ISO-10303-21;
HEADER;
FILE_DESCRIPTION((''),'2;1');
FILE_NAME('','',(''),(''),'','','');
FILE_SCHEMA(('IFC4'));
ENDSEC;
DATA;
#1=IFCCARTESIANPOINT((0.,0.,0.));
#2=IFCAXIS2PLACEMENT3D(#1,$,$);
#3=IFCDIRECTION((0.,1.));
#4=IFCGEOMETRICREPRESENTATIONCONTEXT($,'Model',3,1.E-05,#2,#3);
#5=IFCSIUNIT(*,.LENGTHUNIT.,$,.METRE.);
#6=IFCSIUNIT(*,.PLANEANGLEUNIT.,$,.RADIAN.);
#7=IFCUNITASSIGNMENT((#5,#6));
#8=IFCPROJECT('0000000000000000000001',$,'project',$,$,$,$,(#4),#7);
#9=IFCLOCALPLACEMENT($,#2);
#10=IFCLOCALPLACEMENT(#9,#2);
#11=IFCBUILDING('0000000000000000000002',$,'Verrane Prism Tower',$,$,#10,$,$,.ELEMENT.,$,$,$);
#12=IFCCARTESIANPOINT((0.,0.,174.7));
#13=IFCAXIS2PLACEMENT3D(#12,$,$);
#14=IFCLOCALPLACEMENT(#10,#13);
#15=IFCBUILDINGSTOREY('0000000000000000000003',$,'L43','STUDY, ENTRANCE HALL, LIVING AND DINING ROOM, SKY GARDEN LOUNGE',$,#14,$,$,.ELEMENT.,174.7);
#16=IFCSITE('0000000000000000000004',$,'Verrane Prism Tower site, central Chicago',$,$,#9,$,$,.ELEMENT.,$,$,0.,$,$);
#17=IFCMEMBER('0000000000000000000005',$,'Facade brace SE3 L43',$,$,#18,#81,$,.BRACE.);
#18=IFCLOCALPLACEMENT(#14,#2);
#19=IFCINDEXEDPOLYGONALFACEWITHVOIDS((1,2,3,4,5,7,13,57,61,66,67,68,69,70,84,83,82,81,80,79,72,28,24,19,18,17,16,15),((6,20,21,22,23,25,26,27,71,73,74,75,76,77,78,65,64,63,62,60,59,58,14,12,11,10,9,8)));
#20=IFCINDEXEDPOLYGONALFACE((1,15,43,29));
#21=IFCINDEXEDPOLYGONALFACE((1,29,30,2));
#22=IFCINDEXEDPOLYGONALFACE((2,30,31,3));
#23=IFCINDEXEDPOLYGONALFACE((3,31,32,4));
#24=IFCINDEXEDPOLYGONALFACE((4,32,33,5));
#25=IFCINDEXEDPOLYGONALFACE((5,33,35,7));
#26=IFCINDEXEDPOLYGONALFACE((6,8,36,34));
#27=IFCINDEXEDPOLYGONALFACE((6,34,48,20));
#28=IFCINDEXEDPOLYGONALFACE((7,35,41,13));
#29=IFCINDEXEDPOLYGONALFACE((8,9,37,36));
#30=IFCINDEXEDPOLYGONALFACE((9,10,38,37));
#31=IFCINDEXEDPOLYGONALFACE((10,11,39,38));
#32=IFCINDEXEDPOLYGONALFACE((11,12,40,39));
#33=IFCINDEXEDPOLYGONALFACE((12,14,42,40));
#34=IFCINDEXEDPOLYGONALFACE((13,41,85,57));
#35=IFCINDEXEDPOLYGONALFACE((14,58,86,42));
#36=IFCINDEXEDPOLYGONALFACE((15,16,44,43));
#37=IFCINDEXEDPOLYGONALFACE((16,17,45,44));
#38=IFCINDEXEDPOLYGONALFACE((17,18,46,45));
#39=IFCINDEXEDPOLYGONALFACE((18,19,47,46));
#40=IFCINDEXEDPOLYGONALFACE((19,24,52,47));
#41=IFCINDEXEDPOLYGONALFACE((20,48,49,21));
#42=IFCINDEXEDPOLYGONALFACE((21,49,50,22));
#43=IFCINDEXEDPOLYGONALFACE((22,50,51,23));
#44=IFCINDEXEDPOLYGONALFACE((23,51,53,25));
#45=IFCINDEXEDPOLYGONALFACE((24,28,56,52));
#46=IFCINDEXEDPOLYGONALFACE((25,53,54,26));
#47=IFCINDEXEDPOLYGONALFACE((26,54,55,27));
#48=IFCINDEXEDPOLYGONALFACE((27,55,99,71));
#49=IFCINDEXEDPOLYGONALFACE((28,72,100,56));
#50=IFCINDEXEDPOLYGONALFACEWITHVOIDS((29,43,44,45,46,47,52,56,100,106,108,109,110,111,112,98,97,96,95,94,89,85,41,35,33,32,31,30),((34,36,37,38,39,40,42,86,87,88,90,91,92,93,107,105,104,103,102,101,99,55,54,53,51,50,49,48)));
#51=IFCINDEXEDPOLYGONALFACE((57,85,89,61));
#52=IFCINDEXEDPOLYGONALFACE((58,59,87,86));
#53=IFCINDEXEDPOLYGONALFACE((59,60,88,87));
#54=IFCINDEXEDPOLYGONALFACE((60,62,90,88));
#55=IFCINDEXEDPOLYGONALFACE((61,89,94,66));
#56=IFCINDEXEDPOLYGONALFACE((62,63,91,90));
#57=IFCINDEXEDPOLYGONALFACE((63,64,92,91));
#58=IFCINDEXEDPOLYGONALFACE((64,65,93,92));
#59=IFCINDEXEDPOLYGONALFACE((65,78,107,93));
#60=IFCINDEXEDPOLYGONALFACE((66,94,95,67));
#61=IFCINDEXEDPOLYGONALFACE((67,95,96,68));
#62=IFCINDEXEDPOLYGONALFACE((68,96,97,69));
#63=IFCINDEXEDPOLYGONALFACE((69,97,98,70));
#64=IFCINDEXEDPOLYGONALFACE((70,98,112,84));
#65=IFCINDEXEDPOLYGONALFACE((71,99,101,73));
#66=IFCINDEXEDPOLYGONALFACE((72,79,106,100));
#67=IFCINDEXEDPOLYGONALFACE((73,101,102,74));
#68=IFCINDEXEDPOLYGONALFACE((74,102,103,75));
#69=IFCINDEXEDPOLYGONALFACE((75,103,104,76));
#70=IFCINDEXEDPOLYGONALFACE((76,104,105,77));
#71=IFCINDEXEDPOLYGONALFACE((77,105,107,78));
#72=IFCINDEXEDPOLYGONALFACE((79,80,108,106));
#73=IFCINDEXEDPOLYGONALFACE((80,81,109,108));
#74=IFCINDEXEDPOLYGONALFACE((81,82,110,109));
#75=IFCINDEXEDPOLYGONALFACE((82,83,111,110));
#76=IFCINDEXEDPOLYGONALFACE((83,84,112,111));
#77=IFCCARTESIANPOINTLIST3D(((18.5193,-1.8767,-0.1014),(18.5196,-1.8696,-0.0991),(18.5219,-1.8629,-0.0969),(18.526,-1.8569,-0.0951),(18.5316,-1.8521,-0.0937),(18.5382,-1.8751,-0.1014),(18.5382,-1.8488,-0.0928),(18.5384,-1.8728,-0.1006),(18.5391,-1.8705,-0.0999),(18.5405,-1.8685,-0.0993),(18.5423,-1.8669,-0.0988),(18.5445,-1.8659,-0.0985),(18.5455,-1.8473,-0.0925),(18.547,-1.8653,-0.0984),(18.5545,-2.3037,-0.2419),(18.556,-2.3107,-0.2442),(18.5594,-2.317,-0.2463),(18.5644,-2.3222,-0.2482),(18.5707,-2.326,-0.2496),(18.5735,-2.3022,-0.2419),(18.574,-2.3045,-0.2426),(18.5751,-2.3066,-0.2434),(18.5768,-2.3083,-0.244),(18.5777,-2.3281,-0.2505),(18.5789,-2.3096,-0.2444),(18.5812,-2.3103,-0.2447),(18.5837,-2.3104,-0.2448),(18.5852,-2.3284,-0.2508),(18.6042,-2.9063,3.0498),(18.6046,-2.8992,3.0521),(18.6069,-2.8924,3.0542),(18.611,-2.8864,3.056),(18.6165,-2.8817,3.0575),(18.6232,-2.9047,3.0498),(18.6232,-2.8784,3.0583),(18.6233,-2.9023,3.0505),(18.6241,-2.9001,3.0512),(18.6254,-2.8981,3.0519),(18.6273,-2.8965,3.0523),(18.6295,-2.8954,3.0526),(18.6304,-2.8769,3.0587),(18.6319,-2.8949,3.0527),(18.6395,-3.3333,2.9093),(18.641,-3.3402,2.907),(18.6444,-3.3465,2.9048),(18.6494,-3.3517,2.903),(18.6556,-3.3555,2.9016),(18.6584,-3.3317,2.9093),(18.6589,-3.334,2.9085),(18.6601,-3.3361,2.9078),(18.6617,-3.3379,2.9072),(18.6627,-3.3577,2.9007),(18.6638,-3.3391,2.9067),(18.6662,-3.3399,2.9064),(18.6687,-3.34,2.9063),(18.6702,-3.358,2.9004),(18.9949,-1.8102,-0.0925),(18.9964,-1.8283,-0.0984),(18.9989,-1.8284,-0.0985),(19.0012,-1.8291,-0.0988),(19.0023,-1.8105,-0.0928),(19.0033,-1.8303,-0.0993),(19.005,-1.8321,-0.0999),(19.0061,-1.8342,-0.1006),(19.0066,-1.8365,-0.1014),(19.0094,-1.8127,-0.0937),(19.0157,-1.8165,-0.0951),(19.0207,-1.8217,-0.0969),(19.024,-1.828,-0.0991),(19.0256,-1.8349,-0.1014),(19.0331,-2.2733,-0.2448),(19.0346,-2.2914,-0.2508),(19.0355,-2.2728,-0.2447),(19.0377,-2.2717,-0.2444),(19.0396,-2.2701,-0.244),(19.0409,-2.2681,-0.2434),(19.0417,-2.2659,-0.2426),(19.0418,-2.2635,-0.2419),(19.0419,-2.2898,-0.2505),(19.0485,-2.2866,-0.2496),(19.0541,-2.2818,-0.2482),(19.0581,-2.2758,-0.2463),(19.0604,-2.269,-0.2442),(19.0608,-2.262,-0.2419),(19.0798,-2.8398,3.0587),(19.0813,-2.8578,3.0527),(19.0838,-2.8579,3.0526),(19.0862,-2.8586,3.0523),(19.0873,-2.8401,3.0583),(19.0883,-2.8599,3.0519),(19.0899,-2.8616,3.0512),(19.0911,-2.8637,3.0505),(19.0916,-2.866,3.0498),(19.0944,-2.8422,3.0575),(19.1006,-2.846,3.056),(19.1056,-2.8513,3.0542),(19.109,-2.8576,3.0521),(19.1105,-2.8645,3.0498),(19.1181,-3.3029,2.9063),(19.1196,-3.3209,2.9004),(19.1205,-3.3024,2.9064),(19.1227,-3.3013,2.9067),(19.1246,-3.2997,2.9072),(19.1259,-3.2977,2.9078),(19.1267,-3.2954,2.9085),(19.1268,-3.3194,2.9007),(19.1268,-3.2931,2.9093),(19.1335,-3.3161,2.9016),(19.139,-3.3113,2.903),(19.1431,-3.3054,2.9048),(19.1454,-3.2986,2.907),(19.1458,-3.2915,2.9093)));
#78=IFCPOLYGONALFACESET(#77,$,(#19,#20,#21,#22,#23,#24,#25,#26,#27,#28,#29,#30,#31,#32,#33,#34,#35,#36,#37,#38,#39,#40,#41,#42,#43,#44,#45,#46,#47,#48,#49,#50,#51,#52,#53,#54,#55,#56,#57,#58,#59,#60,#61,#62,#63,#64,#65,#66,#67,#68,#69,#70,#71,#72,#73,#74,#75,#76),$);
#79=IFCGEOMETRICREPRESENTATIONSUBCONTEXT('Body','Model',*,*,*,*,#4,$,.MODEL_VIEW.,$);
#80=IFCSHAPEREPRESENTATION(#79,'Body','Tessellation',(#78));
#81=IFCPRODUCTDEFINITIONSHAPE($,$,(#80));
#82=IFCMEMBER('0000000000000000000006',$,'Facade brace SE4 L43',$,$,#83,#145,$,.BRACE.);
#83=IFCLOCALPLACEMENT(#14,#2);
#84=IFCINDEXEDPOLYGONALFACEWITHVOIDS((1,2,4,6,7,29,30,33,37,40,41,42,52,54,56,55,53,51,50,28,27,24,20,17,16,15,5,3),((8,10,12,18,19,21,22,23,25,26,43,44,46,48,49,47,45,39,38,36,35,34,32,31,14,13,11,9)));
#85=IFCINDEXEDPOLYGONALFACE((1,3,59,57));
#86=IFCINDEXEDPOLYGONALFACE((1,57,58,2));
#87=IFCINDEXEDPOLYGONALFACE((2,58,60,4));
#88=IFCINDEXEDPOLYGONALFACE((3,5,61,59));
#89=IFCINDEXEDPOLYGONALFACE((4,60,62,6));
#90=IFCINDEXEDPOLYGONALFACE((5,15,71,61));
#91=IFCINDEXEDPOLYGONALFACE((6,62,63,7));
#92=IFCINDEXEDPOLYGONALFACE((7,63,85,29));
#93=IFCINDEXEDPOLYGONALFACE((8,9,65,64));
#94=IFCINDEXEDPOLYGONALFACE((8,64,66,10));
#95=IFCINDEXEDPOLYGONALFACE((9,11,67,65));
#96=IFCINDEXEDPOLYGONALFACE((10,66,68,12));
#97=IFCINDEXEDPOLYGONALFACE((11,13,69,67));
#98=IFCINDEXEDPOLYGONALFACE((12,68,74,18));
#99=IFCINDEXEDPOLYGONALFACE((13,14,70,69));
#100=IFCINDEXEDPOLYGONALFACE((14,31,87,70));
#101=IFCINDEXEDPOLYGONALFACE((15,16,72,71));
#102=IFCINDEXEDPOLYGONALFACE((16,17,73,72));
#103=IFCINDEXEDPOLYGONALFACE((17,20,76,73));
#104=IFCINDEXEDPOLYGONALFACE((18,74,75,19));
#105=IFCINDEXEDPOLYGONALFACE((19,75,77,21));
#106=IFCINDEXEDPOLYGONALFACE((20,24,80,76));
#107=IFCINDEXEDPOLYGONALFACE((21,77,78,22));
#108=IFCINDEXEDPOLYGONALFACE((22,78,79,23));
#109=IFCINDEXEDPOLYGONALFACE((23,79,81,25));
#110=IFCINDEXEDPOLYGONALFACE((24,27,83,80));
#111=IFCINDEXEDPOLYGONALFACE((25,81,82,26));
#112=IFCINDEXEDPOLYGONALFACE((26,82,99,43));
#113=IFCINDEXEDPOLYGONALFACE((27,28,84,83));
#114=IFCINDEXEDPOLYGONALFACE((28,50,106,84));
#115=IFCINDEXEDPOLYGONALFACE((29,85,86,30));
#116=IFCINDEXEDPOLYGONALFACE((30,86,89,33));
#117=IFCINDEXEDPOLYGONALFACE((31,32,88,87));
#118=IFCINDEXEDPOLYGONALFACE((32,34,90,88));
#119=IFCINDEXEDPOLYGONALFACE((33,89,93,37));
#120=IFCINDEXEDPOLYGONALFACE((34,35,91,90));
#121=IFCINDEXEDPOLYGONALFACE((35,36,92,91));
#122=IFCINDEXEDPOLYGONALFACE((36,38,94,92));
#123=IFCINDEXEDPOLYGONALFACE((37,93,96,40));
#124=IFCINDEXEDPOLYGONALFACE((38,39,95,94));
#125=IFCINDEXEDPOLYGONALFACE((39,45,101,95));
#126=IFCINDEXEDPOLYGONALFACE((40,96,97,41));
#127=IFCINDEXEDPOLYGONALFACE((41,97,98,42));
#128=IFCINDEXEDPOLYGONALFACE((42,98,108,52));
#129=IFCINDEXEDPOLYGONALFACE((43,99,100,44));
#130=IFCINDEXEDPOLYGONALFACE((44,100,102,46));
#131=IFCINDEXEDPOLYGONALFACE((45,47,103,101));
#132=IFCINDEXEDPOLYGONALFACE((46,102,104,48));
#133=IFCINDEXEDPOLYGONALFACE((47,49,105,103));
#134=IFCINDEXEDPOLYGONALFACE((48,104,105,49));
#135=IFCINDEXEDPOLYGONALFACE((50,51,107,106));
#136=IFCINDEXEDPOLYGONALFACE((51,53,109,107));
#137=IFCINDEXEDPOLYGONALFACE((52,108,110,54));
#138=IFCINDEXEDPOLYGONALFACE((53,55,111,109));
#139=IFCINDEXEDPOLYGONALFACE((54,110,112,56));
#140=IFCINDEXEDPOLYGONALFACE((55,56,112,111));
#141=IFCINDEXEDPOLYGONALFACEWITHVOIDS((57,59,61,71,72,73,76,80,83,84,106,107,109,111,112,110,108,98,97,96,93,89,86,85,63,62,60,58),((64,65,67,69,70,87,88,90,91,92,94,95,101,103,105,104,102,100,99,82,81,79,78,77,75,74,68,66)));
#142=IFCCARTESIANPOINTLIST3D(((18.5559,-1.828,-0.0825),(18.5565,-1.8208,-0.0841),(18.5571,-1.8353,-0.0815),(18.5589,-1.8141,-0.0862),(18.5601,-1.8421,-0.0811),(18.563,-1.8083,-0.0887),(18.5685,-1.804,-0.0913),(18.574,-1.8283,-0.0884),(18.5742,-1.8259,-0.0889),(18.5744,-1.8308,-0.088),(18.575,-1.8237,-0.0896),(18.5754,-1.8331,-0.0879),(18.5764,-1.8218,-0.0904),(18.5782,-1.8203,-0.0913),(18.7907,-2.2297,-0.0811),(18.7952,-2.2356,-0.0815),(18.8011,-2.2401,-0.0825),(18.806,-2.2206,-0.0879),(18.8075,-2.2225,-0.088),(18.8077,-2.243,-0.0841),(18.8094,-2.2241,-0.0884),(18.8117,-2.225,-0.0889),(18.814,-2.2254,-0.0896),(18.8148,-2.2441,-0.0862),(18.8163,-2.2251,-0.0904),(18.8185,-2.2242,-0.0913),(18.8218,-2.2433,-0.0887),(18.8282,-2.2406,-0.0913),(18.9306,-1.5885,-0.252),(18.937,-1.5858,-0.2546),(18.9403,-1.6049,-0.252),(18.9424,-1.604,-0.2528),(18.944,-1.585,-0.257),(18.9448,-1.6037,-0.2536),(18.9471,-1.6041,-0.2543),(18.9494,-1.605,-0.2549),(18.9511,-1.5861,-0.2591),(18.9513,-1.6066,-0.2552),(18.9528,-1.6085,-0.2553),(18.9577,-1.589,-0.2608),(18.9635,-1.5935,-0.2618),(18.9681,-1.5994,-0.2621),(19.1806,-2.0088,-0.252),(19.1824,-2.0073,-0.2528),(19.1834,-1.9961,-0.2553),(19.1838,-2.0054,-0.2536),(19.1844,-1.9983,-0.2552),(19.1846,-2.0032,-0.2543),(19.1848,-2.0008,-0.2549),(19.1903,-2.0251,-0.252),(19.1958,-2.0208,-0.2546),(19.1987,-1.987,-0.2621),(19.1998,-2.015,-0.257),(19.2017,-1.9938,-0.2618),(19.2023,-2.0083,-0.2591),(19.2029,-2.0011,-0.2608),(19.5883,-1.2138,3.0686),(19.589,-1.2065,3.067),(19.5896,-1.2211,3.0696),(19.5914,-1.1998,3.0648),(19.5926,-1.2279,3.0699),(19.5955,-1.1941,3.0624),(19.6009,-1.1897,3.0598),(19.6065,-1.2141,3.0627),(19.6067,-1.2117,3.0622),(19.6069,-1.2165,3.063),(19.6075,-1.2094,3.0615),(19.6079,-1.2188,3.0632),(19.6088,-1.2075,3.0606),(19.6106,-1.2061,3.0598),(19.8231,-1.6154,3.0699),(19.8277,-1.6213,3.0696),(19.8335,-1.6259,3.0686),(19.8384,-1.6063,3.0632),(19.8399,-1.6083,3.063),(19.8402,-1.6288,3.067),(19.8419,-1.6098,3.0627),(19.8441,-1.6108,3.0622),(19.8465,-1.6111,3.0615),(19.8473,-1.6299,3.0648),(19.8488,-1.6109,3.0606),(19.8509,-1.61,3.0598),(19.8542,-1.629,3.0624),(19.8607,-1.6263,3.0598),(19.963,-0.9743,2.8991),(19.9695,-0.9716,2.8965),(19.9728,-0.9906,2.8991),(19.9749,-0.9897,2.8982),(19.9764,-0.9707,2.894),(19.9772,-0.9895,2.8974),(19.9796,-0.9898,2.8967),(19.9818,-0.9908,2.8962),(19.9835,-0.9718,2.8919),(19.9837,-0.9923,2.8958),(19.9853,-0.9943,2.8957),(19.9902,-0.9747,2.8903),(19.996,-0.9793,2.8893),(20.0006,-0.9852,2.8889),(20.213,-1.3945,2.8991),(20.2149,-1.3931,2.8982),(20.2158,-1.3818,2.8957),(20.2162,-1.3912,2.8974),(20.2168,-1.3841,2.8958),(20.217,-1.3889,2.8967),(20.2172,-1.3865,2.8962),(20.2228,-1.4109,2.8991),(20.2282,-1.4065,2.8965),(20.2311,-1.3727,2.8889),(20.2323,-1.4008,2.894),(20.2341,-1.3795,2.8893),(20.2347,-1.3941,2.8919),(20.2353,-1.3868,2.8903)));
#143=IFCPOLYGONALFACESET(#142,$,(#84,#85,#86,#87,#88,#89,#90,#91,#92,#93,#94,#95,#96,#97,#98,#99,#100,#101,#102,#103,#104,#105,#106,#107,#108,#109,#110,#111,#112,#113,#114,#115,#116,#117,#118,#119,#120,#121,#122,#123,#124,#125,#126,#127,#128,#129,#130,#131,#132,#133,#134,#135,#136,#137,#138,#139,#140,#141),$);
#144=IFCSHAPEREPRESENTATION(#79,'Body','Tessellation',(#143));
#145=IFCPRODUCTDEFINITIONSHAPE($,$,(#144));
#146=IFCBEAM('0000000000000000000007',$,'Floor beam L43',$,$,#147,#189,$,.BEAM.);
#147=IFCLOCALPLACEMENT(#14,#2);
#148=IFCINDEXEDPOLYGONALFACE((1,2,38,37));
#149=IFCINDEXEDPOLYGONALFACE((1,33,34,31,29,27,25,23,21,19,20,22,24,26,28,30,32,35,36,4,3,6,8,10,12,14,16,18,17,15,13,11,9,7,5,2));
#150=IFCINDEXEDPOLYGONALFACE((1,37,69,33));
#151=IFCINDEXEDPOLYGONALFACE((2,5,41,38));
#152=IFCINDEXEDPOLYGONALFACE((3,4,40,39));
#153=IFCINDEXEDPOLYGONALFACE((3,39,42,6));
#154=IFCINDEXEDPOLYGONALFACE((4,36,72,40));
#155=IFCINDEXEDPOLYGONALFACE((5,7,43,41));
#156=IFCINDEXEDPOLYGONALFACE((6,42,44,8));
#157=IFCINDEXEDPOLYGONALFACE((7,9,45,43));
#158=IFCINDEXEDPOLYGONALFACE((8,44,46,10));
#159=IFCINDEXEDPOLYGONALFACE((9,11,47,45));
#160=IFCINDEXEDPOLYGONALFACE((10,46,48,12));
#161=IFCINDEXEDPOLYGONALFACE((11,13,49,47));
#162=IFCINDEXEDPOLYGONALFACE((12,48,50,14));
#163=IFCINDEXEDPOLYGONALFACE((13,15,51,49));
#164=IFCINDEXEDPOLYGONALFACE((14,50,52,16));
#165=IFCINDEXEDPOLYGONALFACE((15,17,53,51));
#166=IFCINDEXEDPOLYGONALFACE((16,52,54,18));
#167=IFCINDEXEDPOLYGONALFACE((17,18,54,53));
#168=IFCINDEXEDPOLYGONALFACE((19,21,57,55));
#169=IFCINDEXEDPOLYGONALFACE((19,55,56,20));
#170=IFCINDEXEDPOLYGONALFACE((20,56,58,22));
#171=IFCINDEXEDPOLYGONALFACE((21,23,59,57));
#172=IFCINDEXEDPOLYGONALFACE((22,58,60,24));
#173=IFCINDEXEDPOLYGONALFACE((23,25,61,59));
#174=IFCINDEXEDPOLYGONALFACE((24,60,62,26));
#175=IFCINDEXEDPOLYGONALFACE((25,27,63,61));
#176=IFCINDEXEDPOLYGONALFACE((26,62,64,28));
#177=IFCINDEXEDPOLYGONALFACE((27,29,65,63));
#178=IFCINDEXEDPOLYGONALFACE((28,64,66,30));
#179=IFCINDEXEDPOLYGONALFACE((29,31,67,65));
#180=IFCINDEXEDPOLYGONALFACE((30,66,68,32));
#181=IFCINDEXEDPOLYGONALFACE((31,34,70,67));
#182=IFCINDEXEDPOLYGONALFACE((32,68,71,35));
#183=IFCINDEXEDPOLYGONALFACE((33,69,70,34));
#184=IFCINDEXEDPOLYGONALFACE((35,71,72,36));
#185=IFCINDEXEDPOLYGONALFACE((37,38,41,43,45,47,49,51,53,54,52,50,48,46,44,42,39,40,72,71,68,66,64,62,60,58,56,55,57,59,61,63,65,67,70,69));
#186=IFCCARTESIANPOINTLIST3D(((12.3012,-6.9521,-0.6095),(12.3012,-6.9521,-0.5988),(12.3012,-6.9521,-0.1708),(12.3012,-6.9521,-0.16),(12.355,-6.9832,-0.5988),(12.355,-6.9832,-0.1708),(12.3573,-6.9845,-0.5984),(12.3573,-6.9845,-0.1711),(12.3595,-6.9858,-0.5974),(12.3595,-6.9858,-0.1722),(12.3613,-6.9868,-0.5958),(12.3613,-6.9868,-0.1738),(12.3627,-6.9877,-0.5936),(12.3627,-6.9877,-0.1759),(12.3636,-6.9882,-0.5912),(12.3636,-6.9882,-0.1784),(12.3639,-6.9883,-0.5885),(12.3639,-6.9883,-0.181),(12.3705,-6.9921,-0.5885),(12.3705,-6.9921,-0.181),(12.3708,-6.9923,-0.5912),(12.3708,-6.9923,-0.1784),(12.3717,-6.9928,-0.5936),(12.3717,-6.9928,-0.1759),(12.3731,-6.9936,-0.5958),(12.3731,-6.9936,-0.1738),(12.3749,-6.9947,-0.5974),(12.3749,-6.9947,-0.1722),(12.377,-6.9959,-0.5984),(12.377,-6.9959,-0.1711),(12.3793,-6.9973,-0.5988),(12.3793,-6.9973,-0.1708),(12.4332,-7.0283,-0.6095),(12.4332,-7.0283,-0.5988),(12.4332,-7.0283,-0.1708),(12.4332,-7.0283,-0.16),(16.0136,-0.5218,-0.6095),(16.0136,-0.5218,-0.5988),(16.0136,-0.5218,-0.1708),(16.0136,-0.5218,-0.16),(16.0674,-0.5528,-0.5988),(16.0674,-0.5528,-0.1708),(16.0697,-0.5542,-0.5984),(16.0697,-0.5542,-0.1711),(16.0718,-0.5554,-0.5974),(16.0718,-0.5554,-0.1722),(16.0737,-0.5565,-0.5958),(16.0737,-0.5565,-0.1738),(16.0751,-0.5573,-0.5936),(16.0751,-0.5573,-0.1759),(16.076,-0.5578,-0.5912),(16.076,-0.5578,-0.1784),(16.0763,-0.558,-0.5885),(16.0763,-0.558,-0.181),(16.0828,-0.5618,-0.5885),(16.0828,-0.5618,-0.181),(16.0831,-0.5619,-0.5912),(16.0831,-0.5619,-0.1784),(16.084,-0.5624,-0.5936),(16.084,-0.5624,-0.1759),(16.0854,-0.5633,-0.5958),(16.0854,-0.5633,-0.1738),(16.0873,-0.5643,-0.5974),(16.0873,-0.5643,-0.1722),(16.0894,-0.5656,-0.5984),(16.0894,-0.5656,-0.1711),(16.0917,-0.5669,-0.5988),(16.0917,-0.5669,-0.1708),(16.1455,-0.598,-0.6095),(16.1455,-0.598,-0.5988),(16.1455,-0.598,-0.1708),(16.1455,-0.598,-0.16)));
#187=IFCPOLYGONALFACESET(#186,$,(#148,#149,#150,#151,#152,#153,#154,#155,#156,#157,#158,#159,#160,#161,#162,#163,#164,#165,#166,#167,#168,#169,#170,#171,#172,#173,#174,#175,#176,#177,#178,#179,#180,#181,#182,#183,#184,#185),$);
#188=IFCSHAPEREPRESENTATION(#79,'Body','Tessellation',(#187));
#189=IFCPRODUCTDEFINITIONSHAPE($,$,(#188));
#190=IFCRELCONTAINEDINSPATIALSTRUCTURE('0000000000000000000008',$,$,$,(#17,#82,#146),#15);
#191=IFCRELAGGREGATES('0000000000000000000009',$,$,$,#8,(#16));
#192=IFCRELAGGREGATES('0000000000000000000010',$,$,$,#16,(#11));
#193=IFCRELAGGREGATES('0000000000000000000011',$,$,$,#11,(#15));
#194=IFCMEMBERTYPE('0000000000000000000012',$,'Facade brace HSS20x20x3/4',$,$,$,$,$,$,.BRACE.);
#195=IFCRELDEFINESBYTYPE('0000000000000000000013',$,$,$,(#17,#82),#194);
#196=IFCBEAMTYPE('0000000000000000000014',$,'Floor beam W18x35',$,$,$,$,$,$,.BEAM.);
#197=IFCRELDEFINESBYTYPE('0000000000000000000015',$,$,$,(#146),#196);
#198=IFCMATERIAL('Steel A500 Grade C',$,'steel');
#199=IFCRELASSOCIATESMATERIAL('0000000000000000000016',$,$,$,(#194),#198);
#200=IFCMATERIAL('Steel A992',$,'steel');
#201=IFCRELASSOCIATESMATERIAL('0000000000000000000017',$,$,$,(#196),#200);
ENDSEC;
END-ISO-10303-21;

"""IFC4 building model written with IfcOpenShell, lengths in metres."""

from ifc_helpers import new_model, si_unit, direction, frame, origin, origin_2d, place, context, subcontext, project, spatial, hollow_rectangle, i_section, extrude, material, material_profile, profile_set, type_object, element, save


model = new_model("IFC4")

# Units and contexts
model_context = context("Model", 3, precision=1e-05, world=origin(), true_north=direction((0.0, 1.0)))
body_context = subcontext(model_context, "Body", "Model", "MODEL_VIEW")
ifc_project = project(units=[si_unit("LENGTHUNIT", "METRE"), si_unit("PLANEANGLEUNIT", "RADIAN")], contexts=[model_context])

# Site, building, storey
site_placement = place(None, origin())
site = spatial("IfcSite", under=ifc_project, at=site_placement, Name="Verrane Prism Tower site, central Chicago", CompositionType="ELEMENT", RefElevation=0.0)
building_placement = place(site_placement, origin())
building = spatial("IfcBuilding", under=site, at=building_placement, Name="Verrane Prism Tower", CompositionType="ELEMENT")
storey_placement = place(building_placement, frame((0.0, 0.0, 174.7)))
storey = spatial("IfcBuildingStorey", under=building, at=storey_placement, Name="L43", Description="STUDY, ENTRANCE HALL, LIVING AND DINING ROOM, SKY GARDEN LOUNGE", CompositionType="ELEMENT", Elevation=174.7)

# Members
ifc_material_1 = material(Name="Steel A500 Grade C", Category="steel")
ifc_material_profile_1 = material_profile(ifc_material_1, hollow_rectangle(XDim=0.5081, YDim=0.5081, WallThickness=0.019, InnerFilletRadius=0.0095, OuterFilletRadius=0.0286, at=origin_2d()), Name="HSS20x20x3/4")
ifc_profile_set_1 = profile_set([ifc_material_profile_1], Name="Steel A500 Grade C")
member_type_1 = type_object("IfcMemberType", Name="Facade brace HSS20x20x3/4", PredefinedType="BRACE", material=ifc_profile_set_1)
member_1_placement = place(storey_placement, frame((18.79, -2.0693, -0.1716), z_axis=(0.02562, -0.310464, 0.95024), x_axis=(0.996612, 0.082244, 0.0)))
element("IfcMember", 1, at=member_1_placement, inside=storey, type_object=member_type_1, Name="Facade brace SE3 L43", PredefinedType="BRACE", context=body_context, shape_type="SweptSolid", body=[
    extrude(hollow_rectangle(XDim=0.5081, YDim=0.5081, WallThickness=0.019, InnerFilletRadius=0.0095, OuterFilletRadius=0.0286, at=origin_2d()), origin(), (0.0, 0.0, 1.0), 3.3162),
])
member_2_placement = place(storey_placement, frame((18.8794, -1.9146, -0.1716), z_axis=(0.306156, 0.182144, 0.934394), x_axis=(-0.511294, 0.859406, 0.0)))
element("IfcMember", 2, at=member_2_placement, inside=storey, type_object=member_type_1, Name="Facade brace SE4 L43", PredefinedType="BRACE", context=body_context, shape_type="SweptSolid", body=[
    extrude(hollow_rectangle(XDim=0.5081, YDim=0.5081, WallThickness=0.019, InnerFilletRadius=0.0095, OuterFilletRadius=0.0286, at=origin_2d()), origin(), (0.0, 0.0, 1.0), 3.3723),
])

# Beam
ifc_material_2 = material(Name="Steel A992", Category="steel")
ifc_material_profile_2 = material_profile(ifc_material_2, i_section(OverallWidth=0.1523, OverallDepth=0.4495, WebThickness=0.0076, FlangeThickness=0.0107, FilletRadius=0.0103, at=origin_2d()), Name="W18x35")
ifc_profile_set_2 = profile_set([ifc_material_profile_2], Name="Steel A992")
beam_type_1 = type_object("IfcBeamType", Name="Floor beam W18x35", PredefinedType="BEAM", material=ifc_profile_set_2)
for number, where, z_axis, x_axis, name in (
    (3, (12.3672, -6.9902, -0.3848), (0.49998, 0.866037, 0.0), (-0.866037, 0.49998, 0.0), "Floor beam L43"),
):
    element("IfcBeam", number, at=place(storey_placement, frame(where, z_axis=z_axis, x_axis=x_axis)), inside=storey, type_object=beam_type_1, Name=name, PredefinedType="BEAM", context=body_context, shape_type="SweptSolid", body=[
        extrude(i_section(OverallWidth=0.1523, OverallDepth=0.4495, WebThickness=0.0076, FlangeThickness=0.0107, FilletRadius=0.0103, at=origin_2d()), origin(), (0.0, 0.0, 1.0), 7.425),
    ])

save(model, "model.ifc")
